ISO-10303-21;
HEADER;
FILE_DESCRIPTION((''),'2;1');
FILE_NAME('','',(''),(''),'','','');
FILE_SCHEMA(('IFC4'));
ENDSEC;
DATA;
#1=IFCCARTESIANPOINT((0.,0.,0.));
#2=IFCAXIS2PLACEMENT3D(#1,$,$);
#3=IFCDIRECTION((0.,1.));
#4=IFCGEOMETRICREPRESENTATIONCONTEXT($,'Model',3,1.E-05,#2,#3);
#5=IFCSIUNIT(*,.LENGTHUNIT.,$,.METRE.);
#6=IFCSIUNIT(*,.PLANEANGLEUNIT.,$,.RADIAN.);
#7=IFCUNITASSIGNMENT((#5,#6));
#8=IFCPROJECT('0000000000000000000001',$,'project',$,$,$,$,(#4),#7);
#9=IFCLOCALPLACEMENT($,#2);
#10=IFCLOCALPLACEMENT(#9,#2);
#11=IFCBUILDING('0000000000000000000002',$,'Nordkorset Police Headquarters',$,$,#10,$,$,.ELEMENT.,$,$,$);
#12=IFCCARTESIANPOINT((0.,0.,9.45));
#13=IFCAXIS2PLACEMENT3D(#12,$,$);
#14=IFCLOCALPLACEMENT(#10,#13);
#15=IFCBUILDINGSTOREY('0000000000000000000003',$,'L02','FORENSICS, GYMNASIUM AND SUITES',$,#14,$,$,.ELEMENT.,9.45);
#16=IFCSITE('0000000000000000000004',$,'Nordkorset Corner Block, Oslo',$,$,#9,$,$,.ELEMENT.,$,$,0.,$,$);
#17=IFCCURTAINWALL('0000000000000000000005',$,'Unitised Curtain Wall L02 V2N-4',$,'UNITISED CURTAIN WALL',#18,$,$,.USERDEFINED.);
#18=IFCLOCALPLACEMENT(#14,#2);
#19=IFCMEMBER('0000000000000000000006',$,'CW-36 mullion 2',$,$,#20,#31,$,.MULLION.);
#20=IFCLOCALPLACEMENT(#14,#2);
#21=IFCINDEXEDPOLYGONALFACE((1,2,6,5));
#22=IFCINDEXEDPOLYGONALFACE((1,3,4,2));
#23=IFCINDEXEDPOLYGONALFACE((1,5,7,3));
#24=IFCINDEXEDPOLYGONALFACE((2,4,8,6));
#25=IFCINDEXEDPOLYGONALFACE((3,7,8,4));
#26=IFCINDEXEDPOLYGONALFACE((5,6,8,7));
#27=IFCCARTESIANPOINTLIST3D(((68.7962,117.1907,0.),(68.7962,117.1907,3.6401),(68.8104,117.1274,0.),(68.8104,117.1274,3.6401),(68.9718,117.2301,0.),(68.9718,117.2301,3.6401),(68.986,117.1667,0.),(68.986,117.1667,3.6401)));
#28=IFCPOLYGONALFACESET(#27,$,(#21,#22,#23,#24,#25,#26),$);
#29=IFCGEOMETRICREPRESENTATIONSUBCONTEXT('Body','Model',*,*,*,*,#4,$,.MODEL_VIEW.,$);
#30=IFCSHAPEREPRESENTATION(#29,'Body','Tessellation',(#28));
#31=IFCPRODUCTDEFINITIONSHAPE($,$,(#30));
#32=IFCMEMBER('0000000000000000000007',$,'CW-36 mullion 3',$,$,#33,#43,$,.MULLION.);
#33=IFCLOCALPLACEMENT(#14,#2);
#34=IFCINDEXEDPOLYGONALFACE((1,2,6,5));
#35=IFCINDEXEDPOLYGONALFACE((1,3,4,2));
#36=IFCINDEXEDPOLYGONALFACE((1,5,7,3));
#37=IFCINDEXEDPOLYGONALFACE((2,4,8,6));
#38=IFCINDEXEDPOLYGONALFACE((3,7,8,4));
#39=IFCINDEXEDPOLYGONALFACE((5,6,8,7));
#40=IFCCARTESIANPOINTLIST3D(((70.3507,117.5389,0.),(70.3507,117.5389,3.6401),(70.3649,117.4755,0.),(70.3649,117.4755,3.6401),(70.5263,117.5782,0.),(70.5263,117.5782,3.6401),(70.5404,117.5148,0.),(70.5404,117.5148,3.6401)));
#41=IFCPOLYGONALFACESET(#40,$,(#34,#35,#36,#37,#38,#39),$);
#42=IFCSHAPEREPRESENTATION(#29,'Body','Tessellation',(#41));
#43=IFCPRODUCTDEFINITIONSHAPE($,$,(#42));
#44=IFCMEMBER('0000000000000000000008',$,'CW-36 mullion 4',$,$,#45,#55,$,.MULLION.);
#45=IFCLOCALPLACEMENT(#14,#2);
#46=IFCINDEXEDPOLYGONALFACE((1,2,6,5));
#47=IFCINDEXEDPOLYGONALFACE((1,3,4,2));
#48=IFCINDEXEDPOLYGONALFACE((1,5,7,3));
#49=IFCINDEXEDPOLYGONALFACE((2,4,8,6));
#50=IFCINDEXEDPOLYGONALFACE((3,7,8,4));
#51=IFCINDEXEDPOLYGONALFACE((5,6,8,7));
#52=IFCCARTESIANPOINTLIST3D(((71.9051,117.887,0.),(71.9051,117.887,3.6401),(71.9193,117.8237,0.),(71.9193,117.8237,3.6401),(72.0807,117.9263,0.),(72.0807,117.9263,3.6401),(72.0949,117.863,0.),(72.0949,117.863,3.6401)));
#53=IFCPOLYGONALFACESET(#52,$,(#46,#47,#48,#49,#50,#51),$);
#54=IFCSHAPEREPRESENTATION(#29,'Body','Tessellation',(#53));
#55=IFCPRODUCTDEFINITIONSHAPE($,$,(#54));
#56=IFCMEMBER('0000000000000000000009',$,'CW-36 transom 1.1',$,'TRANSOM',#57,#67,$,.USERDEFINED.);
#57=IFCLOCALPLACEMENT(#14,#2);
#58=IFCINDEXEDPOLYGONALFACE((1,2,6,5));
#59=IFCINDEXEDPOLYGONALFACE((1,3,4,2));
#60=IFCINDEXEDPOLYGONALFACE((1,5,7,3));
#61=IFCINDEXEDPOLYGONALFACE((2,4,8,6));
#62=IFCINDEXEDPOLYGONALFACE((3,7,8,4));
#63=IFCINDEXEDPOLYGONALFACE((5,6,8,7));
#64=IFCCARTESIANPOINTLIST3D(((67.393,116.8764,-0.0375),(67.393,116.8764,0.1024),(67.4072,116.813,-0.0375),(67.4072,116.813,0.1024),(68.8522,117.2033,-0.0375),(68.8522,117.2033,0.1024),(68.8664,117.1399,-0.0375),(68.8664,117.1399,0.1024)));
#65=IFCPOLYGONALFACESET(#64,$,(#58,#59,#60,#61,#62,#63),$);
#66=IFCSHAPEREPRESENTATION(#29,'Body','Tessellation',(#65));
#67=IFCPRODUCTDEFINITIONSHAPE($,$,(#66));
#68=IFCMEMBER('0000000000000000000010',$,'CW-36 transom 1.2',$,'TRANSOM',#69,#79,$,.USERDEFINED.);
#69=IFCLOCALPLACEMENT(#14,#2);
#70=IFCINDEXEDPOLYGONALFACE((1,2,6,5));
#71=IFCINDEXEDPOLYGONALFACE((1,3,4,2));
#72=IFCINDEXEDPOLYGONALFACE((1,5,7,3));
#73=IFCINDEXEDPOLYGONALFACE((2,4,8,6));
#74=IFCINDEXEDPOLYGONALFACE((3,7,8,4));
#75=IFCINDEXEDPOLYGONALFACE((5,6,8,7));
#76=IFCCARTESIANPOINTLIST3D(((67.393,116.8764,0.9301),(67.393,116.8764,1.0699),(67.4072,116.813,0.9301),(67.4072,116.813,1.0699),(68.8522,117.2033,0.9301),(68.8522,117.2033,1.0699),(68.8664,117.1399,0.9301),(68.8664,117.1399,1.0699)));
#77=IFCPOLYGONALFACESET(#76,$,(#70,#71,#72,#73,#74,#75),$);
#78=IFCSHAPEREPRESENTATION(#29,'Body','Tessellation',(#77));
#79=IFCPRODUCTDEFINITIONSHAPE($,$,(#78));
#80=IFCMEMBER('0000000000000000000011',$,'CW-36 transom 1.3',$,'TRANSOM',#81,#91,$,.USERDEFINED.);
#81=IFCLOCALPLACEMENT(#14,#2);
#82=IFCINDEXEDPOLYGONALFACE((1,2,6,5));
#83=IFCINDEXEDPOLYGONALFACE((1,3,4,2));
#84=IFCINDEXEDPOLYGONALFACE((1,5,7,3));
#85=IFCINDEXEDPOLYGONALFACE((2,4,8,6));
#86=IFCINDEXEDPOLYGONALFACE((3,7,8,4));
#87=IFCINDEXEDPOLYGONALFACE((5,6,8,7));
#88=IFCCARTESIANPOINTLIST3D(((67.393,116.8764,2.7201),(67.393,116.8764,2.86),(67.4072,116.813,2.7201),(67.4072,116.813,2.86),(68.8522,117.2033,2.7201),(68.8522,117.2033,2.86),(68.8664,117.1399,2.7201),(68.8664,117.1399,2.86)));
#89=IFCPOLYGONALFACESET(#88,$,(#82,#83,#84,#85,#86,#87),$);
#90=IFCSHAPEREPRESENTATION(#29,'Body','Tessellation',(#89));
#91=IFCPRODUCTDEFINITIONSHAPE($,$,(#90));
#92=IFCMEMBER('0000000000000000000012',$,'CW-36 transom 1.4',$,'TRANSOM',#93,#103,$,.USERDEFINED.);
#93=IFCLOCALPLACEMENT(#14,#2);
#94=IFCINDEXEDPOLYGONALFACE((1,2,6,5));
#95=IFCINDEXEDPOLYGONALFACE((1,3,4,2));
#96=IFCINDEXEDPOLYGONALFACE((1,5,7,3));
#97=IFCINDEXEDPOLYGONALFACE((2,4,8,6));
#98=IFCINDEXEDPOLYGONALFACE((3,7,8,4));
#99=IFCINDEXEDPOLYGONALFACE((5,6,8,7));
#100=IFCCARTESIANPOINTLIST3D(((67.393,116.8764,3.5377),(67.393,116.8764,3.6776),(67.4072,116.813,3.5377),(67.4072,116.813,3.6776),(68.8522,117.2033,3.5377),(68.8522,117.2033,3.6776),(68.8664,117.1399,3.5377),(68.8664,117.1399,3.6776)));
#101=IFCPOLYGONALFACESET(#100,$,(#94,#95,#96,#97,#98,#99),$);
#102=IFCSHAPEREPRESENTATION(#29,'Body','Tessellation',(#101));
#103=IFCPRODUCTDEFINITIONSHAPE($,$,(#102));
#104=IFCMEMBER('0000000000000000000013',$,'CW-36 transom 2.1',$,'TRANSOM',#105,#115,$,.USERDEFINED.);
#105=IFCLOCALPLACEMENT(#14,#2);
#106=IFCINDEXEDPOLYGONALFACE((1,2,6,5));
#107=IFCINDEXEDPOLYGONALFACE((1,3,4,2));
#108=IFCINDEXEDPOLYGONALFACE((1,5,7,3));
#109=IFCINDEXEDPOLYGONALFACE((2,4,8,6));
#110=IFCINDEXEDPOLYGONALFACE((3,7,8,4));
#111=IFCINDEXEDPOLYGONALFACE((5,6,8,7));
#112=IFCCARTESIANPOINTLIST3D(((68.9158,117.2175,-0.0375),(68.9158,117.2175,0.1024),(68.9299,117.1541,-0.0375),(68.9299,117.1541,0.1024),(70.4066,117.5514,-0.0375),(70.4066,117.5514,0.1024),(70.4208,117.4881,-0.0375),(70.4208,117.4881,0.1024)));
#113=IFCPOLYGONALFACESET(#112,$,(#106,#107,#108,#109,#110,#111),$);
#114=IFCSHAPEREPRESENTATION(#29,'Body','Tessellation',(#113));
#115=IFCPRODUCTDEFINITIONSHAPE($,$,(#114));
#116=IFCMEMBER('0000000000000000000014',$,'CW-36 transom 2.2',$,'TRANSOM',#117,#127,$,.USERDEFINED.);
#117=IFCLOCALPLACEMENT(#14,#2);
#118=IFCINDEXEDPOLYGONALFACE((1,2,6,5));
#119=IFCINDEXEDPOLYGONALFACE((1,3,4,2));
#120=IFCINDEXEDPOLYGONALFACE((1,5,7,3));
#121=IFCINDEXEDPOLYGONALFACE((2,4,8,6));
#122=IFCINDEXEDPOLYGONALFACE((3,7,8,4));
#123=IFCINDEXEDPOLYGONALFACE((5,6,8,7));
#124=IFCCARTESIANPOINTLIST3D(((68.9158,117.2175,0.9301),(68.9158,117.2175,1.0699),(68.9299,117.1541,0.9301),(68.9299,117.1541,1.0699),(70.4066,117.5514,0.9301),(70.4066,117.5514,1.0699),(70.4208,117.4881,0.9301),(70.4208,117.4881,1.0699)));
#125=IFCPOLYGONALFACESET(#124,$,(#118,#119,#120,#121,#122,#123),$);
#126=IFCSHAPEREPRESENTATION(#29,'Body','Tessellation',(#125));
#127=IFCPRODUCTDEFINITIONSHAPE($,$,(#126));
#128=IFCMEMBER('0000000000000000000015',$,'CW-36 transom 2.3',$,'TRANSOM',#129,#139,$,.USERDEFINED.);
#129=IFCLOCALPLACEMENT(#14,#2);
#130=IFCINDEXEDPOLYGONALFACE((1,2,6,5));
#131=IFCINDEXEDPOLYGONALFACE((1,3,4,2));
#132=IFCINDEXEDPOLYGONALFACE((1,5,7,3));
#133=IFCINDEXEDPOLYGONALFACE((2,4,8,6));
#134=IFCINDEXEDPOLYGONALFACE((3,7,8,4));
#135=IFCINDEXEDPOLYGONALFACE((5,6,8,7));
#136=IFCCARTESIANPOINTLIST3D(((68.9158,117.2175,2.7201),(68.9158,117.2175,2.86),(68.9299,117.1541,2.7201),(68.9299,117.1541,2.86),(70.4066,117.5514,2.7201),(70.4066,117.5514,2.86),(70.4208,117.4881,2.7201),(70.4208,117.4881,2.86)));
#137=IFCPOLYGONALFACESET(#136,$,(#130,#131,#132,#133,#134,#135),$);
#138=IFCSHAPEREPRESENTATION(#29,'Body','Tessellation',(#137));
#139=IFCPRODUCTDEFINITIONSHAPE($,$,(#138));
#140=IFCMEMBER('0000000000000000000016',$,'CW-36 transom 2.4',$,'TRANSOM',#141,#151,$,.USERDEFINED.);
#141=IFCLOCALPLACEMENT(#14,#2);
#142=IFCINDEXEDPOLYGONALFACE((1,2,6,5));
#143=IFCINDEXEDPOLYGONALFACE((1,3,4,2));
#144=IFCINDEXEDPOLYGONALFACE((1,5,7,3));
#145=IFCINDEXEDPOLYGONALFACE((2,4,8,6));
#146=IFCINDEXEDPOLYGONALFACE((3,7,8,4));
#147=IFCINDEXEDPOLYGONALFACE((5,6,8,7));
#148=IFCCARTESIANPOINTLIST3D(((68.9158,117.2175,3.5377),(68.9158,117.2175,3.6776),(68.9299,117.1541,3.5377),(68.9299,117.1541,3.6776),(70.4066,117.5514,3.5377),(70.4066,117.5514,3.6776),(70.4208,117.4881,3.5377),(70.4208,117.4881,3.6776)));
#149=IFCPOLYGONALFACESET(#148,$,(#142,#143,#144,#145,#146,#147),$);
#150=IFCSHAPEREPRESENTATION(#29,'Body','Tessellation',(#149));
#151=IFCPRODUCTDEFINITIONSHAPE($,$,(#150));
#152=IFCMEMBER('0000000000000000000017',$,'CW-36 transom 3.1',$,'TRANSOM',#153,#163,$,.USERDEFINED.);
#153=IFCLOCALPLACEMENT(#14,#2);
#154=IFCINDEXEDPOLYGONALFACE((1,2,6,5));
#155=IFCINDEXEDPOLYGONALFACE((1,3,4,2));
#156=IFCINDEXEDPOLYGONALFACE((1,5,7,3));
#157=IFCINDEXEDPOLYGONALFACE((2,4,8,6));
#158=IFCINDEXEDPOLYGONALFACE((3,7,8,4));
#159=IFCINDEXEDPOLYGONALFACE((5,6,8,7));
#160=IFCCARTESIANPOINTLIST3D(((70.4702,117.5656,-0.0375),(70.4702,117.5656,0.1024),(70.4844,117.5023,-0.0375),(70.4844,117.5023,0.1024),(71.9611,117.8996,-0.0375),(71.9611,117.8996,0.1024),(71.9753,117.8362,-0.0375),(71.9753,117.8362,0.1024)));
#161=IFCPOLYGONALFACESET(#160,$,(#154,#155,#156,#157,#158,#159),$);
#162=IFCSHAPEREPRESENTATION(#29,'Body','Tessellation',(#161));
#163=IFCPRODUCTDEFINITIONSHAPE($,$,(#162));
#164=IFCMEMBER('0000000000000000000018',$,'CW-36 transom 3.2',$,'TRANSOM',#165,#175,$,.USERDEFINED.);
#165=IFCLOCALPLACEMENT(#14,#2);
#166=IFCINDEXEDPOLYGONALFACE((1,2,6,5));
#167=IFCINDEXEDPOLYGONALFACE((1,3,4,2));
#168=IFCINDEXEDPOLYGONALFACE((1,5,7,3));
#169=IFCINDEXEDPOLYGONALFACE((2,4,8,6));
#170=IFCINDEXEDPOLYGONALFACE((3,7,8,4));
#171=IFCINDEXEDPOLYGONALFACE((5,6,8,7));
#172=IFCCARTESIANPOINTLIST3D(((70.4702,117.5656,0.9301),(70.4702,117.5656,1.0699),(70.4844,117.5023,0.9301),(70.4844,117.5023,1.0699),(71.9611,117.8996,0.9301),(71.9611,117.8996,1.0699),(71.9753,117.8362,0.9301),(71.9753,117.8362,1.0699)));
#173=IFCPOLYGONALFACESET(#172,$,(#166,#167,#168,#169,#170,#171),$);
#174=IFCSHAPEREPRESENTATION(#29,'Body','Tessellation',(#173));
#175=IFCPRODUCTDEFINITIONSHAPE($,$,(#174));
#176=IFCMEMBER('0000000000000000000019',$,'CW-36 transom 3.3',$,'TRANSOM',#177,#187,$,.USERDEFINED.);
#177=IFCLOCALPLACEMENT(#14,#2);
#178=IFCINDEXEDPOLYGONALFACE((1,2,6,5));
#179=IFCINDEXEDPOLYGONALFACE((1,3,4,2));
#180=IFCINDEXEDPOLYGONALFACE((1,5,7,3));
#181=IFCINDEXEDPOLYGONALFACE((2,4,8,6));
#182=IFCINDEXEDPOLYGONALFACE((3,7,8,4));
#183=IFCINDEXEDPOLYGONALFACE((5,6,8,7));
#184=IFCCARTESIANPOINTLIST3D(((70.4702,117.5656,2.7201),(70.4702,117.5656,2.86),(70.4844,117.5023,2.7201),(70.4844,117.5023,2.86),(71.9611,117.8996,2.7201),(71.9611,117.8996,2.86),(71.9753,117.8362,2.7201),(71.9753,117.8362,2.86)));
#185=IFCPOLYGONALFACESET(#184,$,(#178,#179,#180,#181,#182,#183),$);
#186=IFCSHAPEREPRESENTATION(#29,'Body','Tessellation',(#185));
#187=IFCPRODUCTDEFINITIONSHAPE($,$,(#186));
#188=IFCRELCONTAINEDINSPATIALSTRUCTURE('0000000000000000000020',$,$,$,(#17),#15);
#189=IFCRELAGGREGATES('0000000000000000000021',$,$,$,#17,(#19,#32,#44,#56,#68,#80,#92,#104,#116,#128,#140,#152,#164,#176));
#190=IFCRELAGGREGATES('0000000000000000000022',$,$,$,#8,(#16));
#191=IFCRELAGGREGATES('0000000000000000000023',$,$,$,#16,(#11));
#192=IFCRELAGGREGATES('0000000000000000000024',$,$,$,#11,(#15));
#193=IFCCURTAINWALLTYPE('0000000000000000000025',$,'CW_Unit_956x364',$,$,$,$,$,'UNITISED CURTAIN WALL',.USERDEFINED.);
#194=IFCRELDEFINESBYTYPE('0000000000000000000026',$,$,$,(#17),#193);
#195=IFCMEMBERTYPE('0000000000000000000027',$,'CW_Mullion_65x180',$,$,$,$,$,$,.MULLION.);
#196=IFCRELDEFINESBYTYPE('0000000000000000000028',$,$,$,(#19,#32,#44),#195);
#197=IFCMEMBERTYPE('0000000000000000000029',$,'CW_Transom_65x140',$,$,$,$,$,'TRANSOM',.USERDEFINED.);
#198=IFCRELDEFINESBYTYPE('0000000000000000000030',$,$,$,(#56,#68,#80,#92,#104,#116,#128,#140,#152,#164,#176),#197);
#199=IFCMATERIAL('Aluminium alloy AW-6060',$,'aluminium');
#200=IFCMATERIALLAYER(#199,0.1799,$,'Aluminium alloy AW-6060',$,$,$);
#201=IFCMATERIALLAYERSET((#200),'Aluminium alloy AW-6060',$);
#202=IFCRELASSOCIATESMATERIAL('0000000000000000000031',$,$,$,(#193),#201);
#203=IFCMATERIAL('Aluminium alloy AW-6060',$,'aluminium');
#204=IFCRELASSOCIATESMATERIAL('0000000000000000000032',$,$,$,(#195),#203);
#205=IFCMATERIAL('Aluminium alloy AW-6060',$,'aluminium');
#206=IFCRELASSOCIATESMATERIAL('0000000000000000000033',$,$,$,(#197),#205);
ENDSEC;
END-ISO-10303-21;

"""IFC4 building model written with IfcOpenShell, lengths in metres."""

from ifc_helpers import new_model, si_unit, direction, frame, origin, origin_2d, place, context, subcontext, project, spatial, rectangle, extrude, material, layer, layer_set, material_profile, profile_set, type_object, element, aggregate, save


model = new_model("IFC4")

# Units and contexts
model_context = context("Model", 3, precision=1e-05, world=origin(), true_north=direction((0.0, 1.0)))
body_context = subcontext(model_context, "Body", "Model", "MODEL_VIEW")
ifc_project = project(units=[si_unit("LENGTHUNIT", "METRE"), si_unit("PLANEANGLEUNIT", "RADIAN")], contexts=[model_context])

# Site, building, storey
site_placement = place(None, origin())
site = spatial("IfcSite", under=ifc_project, at=site_placement, Name="Nordkorset Corner Block, Oslo", CompositionType="ELEMENT", RefElevation=0.0)
building_placement = place(site_placement, origin())
building = spatial("IfcBuilding", under=site, at=building_placement, Name="Nordkorset Police Headquarters", CompositionType="ELEMENT")
storey_placement = place(building_placement, frame((0.0, 0.0, 9.45)))
storey = spatial("IfcBuildingStorey", under=building, at=storey_placement, Name="L02", Description="FORENSICS, GYMNASIUM AND SUITES", CompositionType="ELEMENT", Elevation=9.45)

# Curtain wall, members
ifc_material_1 = material(Name="Aluminium alloy AW-6060", Category="aluminium")
ifc_layer_1 = layer(ifc_material_1, 0.1799, Name="Aluminium alloy AW-6060")
ifc_layer_set_1 = layer_set([ifc_layer_1], Name="Aluminium alloy AW-6060")
curtain_wall_type = type_object("IfcCurtainWallType", Name="CW_Unit_956x364", ElementType="UNITISED CURTAIN WALL", PredefinedType="USERDEFINED", material=ifc_layer_set_1)
curtain_wall_placement = place(storey_placement, origin())
curtain_wall = element("IfcCurtainWall", 1, at=curtain_wall_placement, inside=storey, type_object=curtain_wall_type, Name="Unitised Curtain Wall L02 V2N-4", ObjectType="UNITISED CURTAIN WALL", PredefinedType="USERDEFINED")
ifc_material_2 = material(Name="Aluminium alloy AW-6060", Category="aluminium")
ifc_material_profile_1 = material_profile(ifc_material_2, rectangle(XDim=0.0649, YDim=0.1799, at=origin_2d()), Name="ALU MULL 65x180")
ifc_profile_set_1 = profile_set([ifc_material_profile_1], Name="Aluminium alloy AW-6060")
member_type_1 = type_object("IfcMemberType", Name="CW_Mullion_65x180", PredefinedType="MULLION", material=ifc_profile_set_1)
member_1_placement = place(storey_placement, frame((68.8911, 117.1787, 0.0), z_axis=(0.0, 0.0, 1.0), x_axis=(-0.218544, 0.975827, 0.0)))
member_1 = element("IfcMember", 2, at=member_1_placement, type_object=member_type_1, Name="CW-36 mullion 2", PredefinedType="MULLION", context=body_context, shape_type="SweptSolid", body=[
    extrude(rectangle(XDim=0.0649, YDim=0.1799, at=origin_2d()), origin(), (0.0, 0.0, 1.0), 3.6401),
])
member_2_placement = place(storey_placement, frame((70.4456, 117.5269, 0.0), z_axis=(0.0, 0.0, 1.0), x_axis=(-0.218544, 0.975827, 0.0)))
member_2 = element("IfcMember", 3, at=member_2_placement, type_object=member_type_1, Name="CW-36 mullion 3", PredefinedType="MULLION", context=body_context, shape_type="SweptSolid", body=[
    extrude(rectangle(XDim=0.0649, YDim=0.1799, at=origin_2d()), origin(), (0.0, 0.0, 1.0), 3.6401),
])
member_3_placement = place(storey_placement, frame((72.0, 117.875, 0.0), z_axis=(0.0, 0.0, 1.0), x_axis=(-0.218544, 0.975827, 0.0)))
member_3 = element("IfcMember", 4, at=member_3_placement, type_object=member_type_1, Name="CW-36 mullion 4", PredefinedType="MULLION", context=body_context, shape_type="SweptSolid", body=[
    extrude(rectangle(XDim=0.0649, YDim=0.1799, at=origin_2d()), origin(), (0.0, 0.0, 1.0), 3.6401),
])
ifc_material_3 = material(Name="Aluminium alloy AW-6060", Category="aluminium")
ifc_material_profile_2 = material_profile(ifc_material_3, rectangle(XDim=0.0649, YDim=0.1399, at=origin_2d()), Name="ALU TRAN 65x140")
ifc_profile_set_2 = profile_set([ifc_material_profile_2], Name="Aluminium alloy AW-6060")
member_type_2 = type_object("IfcMemberType", Name="CW_Transom_65x140", ElementType="TRANSOM", PredefinedType="USERDEFINED", material=ifc_profile_set_2)
member_4_placement = place(storey_placement, frame((67.4001, 116.8447, 0.0325), z_axis=(0.975813, 0.218607, 0.0), x_axis=(-0.218607, 0.975813, 0.0)))
member_4 = element("IfcMember", 5, at=member_4_placement, type_object=member_type_2, Name="CW-36 transom 1.1", ObjectType="TRANSOM", PredefinedType="USERDEFINED", context=body_context, shape_type="SweptSolid", body=[
    extrude(rectangle(XDim=0.0649, YDim=0.1399, at=origin_2d()), origin(), (0.0, 0.0, 1.0), 1.4954),
])
member_5_placement = place(storey_placement, frame((67.4001, 116.8447, 1.0), z_axis=(0.975813, 0.218607, 0.0), x_axis=(-0.218607, 0.975813, 0.0)))
member_5 = element("IfcMember", 6, at=member_5_placement, type_object=member_type_2, Name="CW-36 transom 1.2", ObjectType="TRANSOM", PredefinedType="USERDEFINED", context=body_context, shape_type="SweptSolid", body=[
    extrude(rectangle(XDim=0.0649, YDim=0.1399, at=origin_2d()), origin(), (0.0, 0.0, 1.0), 1.4954),
])
member_6_placement = place(storey_placement, frame((67.4001, 116.8447, 2.79), z_axis=(0.975813, 0.218607, 0.0), x_axis=(-0.218607, 0.975813, 0.0)))
member_6 = element("IfcMember", 7, at=member_6_placement, type_object=member_type_2, Name="CW-36 transom 1.3", ObjectType="TRANSOM", PredefinedType="USERDEFINED", context=body_context, shape_type="SweptSolid", body=[
    extrude(rectangle(XDim=0.0649, YDim=0.1399, at=origin_2d()), origin(), (0.0, 0.0, 1.0), 1.4954),
])
member_7_placement = place(storey_placement, frame((67.4001, 116.8447, 3.6077), z_axis=(0.975813, 0.218607, 0.0), x_axis=(-0.218607, 0.975813, 0.0)))
member_7 = element("IfcMember", 8, at=member_7_placement, type_object=member_type_2, Name="CW-36 transom 1.4", ObjectType="TRANSOM", PredefinedType="USERDEFINED", context=body_context, shape_type="SweptSolid", body=[
    extrude(rectangle(XDim=0.0649, YDim=0.1399, at=origin_2d()), origin(), (0.0, 0.0, 1.0), 1.4954),
])
member_8_placement = place(storey_placement, frame((68.9229, 117.1858, 0.0325), z_axis=(0.975817, 0.218588, 0.0), x_axis=(-0.218588, 0.975817, 0.0)))
member_8 = element("IfcMember", 9, at=member_8_placement, type_object=member_type_2, Name="CW-36 transom 2.1", ObjectType="TRANSOM", PredefinedType="USERDEFINED", context=body_context, shape_type="SweptSolid", body=[
    extrude(rectangle(XDim=0.0649, YDim=0.1399, at=origin_2d()), origin(), (0.0, 0.0, 1.0), 1.5278),
])
member_9_placement = place(storey_placement, frame((68.9229, 117.1858, 1.0), z_axis=(0.975817, 0.218588, 0.0), x_axis=(-0.218588, 0.975817, 0.0)))
member_9 = element("IfcMember", 10, at=member_9_placement, type_object=member_type_2, Name="CW-36 transom 2.2", ObjectType="TRANSOM", PredefinedType="USERDEFINED", context=body_context, shape_type="SweptSolid", body=[
    extrude(rectangle(XDim=0.0649, YDim=0.1399, at=origin_2d()), origin(), (0.0, 0.0, 1.0), 1.5278),
])
member_10_placement = place(storey_placement, frame((68.9229, 117.1858, 2.79), z_axis=(0.975817, 0.218588, 0.0), x_axis=(-0.218588, 0.975817, 0.0)))
member_10 = element("IfcMember", 11, at=member_10_placement, type_object=member_type_2, Name="CW-36 transom 2.3", ObjectType="TRANSOM", PredefinedType="USERDEFINED", context=body_context, shape_type="SweptSolid", body=[
    extrude(rectangle(XDim=0.0649, YDim=0.1399, at=origin_2d()), origin(), (0.0, 0.0, 1.0), 1.5278),
])
member_11_placement = place(storey_placement, frame((68.9229, 117.1858, 3.6077), z_axis=(0.975817, 0.218588, 0.0), x_axis=(-0.218588, 0.975817, 0.0)))
member_11 = element("IfcMember", 12, at=member_11_placement, type_object=member_type_2, Name="CW-36 transom 2.4", ObjectType="TRANSOM", PredefinedType="USERDEFINED", context=body_context, shape_type="SweptSolid", body=[
    extrude(rectangle(XDim=0.0649, YDim=0.1399, at=origin_2d()), origin(), (0.0, 0.0, 1.0), 1.5278),
])
member_12_placement = place(storey_placement, frame((70.4773, 117.5339, 0.0325), z_axis=(0.975817, 0.218588, 0.0), x_axis=(-0.218588, 0.975817, 0.0)))
member_12 = element("IfcMember", 13, at=member_12_placement, type_object=member_type_2, Name="CW-36 transom 3.1", ObjectType="TRANSOM", PredefinedType="USERDEFINED", context=body_context, shape_type="SweptSolid", body=[
    extrude(rectangle(XDim=0.0649, YDim=0.1399, at=origin_2d()), origin(), (0.0, 0.0, 1.0), 1.5278),
])
member_13_placement = place(storey_placement, frame((70.4773, 117.5339, 1.0), z_axis=(0.975817, 0.218588, 0.0), x_axis=(-0.218588, 0.975817, 0.0)))
member_13 = element("IfcMember", 14, at=member_13_placement, type_object=member_type_2, Name="CW-36 transom 3.2", ObjectType="TRANSOM", PredefinedType="USERDEFINED", context=body_context, shape_type="SweptSolid", body=[
    extrude(rectangle(XDim=0.0649, YDim=0.1399, at=origin_2d()), origin(), (0.0, 0.0, 1.0), 1.5278),
])
member_14_placement = place(storey_placement, frame((70.4773, 117.5339, 2.79), z_axis=(0.975817, 0.218588, 0.0), x_axis=(-0.218588, 0.975817, 0.0)))
member_14 = element("IfcMember", 15, at=member_14_placement, type_object=member_type_2, Name="CW-36 transom 3.3", ObjectType="TRANSOM", PredefinedType="USERDEFINED", context=body_context, shape_type="SweptSolid", body=[
    extrude(rectangle(XDim=0.0649, YDim=0.1399, at=origin_2d()), origin(), (0.0, 0.0, 1.0), 1.5278),
])
aggregate(curtain_wall, [member_1, member_2, member_3, member_4, member_5, member_6, member_7, member_8, member_9, member_10, member_11, member_12, member_13, member_14])

save(model, "model.ifc")
